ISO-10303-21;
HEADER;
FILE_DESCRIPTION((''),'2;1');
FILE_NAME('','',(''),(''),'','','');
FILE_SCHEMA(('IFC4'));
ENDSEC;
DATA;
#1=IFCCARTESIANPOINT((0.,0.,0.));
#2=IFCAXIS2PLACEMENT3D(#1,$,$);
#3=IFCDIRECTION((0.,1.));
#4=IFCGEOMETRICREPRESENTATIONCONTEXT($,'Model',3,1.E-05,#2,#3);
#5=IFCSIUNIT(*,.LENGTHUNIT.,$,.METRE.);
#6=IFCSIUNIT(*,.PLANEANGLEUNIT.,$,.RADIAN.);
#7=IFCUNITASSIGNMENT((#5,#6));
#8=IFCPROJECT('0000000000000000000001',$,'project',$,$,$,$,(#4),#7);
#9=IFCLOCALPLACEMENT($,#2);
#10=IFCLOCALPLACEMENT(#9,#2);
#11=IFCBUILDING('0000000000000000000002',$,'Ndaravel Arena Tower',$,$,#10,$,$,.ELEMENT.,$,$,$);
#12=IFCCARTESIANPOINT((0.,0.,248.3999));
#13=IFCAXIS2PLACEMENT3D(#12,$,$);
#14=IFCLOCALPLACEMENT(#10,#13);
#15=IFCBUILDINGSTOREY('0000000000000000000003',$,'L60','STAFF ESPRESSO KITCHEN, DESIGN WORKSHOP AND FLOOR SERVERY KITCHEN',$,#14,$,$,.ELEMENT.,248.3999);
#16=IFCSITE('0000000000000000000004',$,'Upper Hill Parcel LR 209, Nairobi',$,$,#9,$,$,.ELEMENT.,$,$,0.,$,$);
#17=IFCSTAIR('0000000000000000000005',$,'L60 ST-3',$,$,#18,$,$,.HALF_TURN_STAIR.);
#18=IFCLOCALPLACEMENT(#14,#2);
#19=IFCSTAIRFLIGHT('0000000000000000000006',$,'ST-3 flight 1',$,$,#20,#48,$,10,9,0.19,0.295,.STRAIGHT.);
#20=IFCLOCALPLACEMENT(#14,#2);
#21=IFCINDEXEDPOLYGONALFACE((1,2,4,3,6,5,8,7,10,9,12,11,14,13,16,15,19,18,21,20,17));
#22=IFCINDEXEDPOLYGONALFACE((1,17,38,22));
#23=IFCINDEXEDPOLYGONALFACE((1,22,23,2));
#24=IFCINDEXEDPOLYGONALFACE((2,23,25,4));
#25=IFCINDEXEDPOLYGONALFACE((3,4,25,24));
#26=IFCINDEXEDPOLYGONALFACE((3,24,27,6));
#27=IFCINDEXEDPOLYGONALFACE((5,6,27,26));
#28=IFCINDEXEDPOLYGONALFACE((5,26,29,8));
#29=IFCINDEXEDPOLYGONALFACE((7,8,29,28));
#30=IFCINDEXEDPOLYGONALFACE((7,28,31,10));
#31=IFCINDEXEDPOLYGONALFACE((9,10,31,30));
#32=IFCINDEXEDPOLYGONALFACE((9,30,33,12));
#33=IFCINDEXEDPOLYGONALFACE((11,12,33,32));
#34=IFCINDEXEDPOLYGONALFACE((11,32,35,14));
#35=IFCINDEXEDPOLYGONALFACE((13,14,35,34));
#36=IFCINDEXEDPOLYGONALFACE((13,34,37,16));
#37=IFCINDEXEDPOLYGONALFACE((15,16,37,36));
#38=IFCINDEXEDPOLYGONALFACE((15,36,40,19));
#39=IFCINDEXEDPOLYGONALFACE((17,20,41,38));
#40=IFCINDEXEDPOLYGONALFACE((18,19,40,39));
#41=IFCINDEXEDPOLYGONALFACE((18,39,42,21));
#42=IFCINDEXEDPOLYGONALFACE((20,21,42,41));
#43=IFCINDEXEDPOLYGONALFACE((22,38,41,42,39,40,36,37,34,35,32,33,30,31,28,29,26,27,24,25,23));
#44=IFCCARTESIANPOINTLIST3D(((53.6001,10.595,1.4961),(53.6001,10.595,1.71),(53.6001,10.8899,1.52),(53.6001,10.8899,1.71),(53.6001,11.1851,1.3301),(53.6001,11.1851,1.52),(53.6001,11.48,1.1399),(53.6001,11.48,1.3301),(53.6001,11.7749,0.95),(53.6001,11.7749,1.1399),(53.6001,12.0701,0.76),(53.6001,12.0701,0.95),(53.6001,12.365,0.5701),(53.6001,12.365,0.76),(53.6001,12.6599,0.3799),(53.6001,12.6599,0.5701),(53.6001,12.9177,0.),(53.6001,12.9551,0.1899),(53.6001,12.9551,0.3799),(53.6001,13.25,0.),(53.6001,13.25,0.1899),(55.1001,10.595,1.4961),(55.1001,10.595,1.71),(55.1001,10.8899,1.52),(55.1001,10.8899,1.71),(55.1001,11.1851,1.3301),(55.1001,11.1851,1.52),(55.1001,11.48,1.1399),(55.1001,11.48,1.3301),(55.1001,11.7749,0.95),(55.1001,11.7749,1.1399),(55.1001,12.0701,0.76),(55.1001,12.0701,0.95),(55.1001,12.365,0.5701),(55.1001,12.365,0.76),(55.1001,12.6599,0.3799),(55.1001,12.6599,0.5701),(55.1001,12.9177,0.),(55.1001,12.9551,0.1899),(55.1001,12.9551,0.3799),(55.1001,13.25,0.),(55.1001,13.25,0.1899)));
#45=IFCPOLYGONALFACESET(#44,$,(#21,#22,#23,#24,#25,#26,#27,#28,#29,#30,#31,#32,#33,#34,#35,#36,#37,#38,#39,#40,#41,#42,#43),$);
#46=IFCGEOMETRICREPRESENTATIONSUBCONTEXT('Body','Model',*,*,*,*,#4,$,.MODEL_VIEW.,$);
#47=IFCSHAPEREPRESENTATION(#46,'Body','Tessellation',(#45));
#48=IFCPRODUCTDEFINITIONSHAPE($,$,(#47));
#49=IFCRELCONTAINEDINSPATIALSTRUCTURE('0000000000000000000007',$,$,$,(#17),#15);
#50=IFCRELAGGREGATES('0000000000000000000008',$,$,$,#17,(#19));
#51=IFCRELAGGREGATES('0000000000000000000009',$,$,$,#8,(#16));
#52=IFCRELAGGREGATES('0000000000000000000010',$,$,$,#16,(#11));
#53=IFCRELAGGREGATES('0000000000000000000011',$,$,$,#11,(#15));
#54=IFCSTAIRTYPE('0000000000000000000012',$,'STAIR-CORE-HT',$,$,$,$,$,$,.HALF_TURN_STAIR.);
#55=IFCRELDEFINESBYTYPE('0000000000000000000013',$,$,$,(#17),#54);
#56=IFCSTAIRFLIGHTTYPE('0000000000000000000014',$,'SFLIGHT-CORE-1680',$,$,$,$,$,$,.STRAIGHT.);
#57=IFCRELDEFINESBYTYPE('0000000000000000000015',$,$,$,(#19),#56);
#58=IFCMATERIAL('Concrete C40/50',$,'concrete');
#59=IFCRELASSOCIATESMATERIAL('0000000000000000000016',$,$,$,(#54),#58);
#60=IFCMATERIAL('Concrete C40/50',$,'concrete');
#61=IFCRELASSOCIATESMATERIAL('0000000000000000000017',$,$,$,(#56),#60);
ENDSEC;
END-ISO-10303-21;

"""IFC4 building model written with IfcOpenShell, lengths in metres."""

from ifc_helpers import new_model, si_unit, direction, frame, origin, place, context, subcontext, project, spatial, polyline, outline, extrude, material, type_object, element, aggregate, save


model = new_model("IFC4")

# Units and contexts
model_context = context("Model", 3, precision=1e-05, world=origin(), true_north=direction((0.0, 1.0)))
body_context = subcontext(model_context, "Body", "Model", "MODEL_VIEW")
ifc_project = project(units=[si_unit("LENGTHUNIT", "METRE"), si_unit("PLANEANGLEUNIT", "RADIAN")], contexts=[model_context])

# Site, building, storey
site_placement = place(None, origin())
site = spatial("IfcSite", under=ifc_project, at=site_placement, Name="Upper Hill Parcel LR 209, Nairobi", CompositionType="ELEMENT", RefElevation=0.0)
building_placement = place(site_placement, origin())
building = spatial("IfcBuilding", under=site, at=building_placement, Name="Ndaravel Arena Tower", CompositionType="ELEMENT")
storey_placement = place(building_placement, frame((0.0, 0.0, 248.3999)))
storey = spatial("IfcBuildingStorey", under=building, at=storey_placement, Name="L60", Description="STAFF ESPRESSO KITCHEN, DESIGN WORKSHOP AND FLOOR SERVERY KITCHEN", CompositionType="ELEMENT", Elevation=248.3999)

# Stair, stair flight
ifc_material_1 = material(Name="Concrete C40/50", Category="concrete")
stair_type = type_object("IfcStairType", Name="STAIR-CORE-HT", PredefinedType="HALF_TURN_STAIR", material=ifc_material_1)
stair_placement = place(storey_placement, origin())
stair = element("IfcStair", 1, at=stair_placement, inside=storey, type_object=stair_type, Name="L60 ST-3", PredefinedType="HALF_TURN_STAIR")
ifc_material_2 = material(Name="Concrete C40/50", Category="concrete")
stair_flight_type = type_object("IfcStairFlightType", Name="SFLIGHT-CORE-1680", PredefinedType="STRAIGHT", material=ifc_material_2)
stair_flight_placement = place(storey_placement, frame((54.3501, 13.25, 0.0), z_axis=(0.0, 0.0, 1.0), x_axis=(0.0, -1.0, 0.0)))
stair_flight = element("IfcStairFlight", 2, at=stair_flight_placement, type_object=stair_flight_type, Name="ST-3 flight 1", NumberOfRisers=10, NumberOfTreads=9, PredefinedType="STRAIGHT", RiserHeight=0.19, TreadLength=0.295, context=body_context, shape_type="SweptSolid", body=[
    extrude(outline(polyline([(0.0, 0.0), (0.0, 0.1899), (0.2949, 0.1899), (0.2949, 0.3799), (0.5901, 0.3799), (0.5901, 0.5701), (0.885, 0.5701), (0.885, 0.76), (1.1799, 0.76), (1.1799, 0.95), (1.4751, 0.95), (1.4751, 1.1399), (1.77, 1.1399), (1.77, 1.3301), (2.0649, 1.3301), (2.0649, 1.52), (2.3601, 1.52), (2.3601, 1.71), (2.655, 1.71), (2.655, 1.8999), (2.655, 1.4961), (0.3323, 0.0), (0.0, 0.0)])), frame((0.0, 0.75, 0.0), z_axis=(0.0, -1.0, 0.0), x_axis=(1.0, 0.0, 0.0)), (0.0, 0.0, 1.0), 1.5),
])
aggregate(stair, [stair_flight])

save(model, "model.ifc")
